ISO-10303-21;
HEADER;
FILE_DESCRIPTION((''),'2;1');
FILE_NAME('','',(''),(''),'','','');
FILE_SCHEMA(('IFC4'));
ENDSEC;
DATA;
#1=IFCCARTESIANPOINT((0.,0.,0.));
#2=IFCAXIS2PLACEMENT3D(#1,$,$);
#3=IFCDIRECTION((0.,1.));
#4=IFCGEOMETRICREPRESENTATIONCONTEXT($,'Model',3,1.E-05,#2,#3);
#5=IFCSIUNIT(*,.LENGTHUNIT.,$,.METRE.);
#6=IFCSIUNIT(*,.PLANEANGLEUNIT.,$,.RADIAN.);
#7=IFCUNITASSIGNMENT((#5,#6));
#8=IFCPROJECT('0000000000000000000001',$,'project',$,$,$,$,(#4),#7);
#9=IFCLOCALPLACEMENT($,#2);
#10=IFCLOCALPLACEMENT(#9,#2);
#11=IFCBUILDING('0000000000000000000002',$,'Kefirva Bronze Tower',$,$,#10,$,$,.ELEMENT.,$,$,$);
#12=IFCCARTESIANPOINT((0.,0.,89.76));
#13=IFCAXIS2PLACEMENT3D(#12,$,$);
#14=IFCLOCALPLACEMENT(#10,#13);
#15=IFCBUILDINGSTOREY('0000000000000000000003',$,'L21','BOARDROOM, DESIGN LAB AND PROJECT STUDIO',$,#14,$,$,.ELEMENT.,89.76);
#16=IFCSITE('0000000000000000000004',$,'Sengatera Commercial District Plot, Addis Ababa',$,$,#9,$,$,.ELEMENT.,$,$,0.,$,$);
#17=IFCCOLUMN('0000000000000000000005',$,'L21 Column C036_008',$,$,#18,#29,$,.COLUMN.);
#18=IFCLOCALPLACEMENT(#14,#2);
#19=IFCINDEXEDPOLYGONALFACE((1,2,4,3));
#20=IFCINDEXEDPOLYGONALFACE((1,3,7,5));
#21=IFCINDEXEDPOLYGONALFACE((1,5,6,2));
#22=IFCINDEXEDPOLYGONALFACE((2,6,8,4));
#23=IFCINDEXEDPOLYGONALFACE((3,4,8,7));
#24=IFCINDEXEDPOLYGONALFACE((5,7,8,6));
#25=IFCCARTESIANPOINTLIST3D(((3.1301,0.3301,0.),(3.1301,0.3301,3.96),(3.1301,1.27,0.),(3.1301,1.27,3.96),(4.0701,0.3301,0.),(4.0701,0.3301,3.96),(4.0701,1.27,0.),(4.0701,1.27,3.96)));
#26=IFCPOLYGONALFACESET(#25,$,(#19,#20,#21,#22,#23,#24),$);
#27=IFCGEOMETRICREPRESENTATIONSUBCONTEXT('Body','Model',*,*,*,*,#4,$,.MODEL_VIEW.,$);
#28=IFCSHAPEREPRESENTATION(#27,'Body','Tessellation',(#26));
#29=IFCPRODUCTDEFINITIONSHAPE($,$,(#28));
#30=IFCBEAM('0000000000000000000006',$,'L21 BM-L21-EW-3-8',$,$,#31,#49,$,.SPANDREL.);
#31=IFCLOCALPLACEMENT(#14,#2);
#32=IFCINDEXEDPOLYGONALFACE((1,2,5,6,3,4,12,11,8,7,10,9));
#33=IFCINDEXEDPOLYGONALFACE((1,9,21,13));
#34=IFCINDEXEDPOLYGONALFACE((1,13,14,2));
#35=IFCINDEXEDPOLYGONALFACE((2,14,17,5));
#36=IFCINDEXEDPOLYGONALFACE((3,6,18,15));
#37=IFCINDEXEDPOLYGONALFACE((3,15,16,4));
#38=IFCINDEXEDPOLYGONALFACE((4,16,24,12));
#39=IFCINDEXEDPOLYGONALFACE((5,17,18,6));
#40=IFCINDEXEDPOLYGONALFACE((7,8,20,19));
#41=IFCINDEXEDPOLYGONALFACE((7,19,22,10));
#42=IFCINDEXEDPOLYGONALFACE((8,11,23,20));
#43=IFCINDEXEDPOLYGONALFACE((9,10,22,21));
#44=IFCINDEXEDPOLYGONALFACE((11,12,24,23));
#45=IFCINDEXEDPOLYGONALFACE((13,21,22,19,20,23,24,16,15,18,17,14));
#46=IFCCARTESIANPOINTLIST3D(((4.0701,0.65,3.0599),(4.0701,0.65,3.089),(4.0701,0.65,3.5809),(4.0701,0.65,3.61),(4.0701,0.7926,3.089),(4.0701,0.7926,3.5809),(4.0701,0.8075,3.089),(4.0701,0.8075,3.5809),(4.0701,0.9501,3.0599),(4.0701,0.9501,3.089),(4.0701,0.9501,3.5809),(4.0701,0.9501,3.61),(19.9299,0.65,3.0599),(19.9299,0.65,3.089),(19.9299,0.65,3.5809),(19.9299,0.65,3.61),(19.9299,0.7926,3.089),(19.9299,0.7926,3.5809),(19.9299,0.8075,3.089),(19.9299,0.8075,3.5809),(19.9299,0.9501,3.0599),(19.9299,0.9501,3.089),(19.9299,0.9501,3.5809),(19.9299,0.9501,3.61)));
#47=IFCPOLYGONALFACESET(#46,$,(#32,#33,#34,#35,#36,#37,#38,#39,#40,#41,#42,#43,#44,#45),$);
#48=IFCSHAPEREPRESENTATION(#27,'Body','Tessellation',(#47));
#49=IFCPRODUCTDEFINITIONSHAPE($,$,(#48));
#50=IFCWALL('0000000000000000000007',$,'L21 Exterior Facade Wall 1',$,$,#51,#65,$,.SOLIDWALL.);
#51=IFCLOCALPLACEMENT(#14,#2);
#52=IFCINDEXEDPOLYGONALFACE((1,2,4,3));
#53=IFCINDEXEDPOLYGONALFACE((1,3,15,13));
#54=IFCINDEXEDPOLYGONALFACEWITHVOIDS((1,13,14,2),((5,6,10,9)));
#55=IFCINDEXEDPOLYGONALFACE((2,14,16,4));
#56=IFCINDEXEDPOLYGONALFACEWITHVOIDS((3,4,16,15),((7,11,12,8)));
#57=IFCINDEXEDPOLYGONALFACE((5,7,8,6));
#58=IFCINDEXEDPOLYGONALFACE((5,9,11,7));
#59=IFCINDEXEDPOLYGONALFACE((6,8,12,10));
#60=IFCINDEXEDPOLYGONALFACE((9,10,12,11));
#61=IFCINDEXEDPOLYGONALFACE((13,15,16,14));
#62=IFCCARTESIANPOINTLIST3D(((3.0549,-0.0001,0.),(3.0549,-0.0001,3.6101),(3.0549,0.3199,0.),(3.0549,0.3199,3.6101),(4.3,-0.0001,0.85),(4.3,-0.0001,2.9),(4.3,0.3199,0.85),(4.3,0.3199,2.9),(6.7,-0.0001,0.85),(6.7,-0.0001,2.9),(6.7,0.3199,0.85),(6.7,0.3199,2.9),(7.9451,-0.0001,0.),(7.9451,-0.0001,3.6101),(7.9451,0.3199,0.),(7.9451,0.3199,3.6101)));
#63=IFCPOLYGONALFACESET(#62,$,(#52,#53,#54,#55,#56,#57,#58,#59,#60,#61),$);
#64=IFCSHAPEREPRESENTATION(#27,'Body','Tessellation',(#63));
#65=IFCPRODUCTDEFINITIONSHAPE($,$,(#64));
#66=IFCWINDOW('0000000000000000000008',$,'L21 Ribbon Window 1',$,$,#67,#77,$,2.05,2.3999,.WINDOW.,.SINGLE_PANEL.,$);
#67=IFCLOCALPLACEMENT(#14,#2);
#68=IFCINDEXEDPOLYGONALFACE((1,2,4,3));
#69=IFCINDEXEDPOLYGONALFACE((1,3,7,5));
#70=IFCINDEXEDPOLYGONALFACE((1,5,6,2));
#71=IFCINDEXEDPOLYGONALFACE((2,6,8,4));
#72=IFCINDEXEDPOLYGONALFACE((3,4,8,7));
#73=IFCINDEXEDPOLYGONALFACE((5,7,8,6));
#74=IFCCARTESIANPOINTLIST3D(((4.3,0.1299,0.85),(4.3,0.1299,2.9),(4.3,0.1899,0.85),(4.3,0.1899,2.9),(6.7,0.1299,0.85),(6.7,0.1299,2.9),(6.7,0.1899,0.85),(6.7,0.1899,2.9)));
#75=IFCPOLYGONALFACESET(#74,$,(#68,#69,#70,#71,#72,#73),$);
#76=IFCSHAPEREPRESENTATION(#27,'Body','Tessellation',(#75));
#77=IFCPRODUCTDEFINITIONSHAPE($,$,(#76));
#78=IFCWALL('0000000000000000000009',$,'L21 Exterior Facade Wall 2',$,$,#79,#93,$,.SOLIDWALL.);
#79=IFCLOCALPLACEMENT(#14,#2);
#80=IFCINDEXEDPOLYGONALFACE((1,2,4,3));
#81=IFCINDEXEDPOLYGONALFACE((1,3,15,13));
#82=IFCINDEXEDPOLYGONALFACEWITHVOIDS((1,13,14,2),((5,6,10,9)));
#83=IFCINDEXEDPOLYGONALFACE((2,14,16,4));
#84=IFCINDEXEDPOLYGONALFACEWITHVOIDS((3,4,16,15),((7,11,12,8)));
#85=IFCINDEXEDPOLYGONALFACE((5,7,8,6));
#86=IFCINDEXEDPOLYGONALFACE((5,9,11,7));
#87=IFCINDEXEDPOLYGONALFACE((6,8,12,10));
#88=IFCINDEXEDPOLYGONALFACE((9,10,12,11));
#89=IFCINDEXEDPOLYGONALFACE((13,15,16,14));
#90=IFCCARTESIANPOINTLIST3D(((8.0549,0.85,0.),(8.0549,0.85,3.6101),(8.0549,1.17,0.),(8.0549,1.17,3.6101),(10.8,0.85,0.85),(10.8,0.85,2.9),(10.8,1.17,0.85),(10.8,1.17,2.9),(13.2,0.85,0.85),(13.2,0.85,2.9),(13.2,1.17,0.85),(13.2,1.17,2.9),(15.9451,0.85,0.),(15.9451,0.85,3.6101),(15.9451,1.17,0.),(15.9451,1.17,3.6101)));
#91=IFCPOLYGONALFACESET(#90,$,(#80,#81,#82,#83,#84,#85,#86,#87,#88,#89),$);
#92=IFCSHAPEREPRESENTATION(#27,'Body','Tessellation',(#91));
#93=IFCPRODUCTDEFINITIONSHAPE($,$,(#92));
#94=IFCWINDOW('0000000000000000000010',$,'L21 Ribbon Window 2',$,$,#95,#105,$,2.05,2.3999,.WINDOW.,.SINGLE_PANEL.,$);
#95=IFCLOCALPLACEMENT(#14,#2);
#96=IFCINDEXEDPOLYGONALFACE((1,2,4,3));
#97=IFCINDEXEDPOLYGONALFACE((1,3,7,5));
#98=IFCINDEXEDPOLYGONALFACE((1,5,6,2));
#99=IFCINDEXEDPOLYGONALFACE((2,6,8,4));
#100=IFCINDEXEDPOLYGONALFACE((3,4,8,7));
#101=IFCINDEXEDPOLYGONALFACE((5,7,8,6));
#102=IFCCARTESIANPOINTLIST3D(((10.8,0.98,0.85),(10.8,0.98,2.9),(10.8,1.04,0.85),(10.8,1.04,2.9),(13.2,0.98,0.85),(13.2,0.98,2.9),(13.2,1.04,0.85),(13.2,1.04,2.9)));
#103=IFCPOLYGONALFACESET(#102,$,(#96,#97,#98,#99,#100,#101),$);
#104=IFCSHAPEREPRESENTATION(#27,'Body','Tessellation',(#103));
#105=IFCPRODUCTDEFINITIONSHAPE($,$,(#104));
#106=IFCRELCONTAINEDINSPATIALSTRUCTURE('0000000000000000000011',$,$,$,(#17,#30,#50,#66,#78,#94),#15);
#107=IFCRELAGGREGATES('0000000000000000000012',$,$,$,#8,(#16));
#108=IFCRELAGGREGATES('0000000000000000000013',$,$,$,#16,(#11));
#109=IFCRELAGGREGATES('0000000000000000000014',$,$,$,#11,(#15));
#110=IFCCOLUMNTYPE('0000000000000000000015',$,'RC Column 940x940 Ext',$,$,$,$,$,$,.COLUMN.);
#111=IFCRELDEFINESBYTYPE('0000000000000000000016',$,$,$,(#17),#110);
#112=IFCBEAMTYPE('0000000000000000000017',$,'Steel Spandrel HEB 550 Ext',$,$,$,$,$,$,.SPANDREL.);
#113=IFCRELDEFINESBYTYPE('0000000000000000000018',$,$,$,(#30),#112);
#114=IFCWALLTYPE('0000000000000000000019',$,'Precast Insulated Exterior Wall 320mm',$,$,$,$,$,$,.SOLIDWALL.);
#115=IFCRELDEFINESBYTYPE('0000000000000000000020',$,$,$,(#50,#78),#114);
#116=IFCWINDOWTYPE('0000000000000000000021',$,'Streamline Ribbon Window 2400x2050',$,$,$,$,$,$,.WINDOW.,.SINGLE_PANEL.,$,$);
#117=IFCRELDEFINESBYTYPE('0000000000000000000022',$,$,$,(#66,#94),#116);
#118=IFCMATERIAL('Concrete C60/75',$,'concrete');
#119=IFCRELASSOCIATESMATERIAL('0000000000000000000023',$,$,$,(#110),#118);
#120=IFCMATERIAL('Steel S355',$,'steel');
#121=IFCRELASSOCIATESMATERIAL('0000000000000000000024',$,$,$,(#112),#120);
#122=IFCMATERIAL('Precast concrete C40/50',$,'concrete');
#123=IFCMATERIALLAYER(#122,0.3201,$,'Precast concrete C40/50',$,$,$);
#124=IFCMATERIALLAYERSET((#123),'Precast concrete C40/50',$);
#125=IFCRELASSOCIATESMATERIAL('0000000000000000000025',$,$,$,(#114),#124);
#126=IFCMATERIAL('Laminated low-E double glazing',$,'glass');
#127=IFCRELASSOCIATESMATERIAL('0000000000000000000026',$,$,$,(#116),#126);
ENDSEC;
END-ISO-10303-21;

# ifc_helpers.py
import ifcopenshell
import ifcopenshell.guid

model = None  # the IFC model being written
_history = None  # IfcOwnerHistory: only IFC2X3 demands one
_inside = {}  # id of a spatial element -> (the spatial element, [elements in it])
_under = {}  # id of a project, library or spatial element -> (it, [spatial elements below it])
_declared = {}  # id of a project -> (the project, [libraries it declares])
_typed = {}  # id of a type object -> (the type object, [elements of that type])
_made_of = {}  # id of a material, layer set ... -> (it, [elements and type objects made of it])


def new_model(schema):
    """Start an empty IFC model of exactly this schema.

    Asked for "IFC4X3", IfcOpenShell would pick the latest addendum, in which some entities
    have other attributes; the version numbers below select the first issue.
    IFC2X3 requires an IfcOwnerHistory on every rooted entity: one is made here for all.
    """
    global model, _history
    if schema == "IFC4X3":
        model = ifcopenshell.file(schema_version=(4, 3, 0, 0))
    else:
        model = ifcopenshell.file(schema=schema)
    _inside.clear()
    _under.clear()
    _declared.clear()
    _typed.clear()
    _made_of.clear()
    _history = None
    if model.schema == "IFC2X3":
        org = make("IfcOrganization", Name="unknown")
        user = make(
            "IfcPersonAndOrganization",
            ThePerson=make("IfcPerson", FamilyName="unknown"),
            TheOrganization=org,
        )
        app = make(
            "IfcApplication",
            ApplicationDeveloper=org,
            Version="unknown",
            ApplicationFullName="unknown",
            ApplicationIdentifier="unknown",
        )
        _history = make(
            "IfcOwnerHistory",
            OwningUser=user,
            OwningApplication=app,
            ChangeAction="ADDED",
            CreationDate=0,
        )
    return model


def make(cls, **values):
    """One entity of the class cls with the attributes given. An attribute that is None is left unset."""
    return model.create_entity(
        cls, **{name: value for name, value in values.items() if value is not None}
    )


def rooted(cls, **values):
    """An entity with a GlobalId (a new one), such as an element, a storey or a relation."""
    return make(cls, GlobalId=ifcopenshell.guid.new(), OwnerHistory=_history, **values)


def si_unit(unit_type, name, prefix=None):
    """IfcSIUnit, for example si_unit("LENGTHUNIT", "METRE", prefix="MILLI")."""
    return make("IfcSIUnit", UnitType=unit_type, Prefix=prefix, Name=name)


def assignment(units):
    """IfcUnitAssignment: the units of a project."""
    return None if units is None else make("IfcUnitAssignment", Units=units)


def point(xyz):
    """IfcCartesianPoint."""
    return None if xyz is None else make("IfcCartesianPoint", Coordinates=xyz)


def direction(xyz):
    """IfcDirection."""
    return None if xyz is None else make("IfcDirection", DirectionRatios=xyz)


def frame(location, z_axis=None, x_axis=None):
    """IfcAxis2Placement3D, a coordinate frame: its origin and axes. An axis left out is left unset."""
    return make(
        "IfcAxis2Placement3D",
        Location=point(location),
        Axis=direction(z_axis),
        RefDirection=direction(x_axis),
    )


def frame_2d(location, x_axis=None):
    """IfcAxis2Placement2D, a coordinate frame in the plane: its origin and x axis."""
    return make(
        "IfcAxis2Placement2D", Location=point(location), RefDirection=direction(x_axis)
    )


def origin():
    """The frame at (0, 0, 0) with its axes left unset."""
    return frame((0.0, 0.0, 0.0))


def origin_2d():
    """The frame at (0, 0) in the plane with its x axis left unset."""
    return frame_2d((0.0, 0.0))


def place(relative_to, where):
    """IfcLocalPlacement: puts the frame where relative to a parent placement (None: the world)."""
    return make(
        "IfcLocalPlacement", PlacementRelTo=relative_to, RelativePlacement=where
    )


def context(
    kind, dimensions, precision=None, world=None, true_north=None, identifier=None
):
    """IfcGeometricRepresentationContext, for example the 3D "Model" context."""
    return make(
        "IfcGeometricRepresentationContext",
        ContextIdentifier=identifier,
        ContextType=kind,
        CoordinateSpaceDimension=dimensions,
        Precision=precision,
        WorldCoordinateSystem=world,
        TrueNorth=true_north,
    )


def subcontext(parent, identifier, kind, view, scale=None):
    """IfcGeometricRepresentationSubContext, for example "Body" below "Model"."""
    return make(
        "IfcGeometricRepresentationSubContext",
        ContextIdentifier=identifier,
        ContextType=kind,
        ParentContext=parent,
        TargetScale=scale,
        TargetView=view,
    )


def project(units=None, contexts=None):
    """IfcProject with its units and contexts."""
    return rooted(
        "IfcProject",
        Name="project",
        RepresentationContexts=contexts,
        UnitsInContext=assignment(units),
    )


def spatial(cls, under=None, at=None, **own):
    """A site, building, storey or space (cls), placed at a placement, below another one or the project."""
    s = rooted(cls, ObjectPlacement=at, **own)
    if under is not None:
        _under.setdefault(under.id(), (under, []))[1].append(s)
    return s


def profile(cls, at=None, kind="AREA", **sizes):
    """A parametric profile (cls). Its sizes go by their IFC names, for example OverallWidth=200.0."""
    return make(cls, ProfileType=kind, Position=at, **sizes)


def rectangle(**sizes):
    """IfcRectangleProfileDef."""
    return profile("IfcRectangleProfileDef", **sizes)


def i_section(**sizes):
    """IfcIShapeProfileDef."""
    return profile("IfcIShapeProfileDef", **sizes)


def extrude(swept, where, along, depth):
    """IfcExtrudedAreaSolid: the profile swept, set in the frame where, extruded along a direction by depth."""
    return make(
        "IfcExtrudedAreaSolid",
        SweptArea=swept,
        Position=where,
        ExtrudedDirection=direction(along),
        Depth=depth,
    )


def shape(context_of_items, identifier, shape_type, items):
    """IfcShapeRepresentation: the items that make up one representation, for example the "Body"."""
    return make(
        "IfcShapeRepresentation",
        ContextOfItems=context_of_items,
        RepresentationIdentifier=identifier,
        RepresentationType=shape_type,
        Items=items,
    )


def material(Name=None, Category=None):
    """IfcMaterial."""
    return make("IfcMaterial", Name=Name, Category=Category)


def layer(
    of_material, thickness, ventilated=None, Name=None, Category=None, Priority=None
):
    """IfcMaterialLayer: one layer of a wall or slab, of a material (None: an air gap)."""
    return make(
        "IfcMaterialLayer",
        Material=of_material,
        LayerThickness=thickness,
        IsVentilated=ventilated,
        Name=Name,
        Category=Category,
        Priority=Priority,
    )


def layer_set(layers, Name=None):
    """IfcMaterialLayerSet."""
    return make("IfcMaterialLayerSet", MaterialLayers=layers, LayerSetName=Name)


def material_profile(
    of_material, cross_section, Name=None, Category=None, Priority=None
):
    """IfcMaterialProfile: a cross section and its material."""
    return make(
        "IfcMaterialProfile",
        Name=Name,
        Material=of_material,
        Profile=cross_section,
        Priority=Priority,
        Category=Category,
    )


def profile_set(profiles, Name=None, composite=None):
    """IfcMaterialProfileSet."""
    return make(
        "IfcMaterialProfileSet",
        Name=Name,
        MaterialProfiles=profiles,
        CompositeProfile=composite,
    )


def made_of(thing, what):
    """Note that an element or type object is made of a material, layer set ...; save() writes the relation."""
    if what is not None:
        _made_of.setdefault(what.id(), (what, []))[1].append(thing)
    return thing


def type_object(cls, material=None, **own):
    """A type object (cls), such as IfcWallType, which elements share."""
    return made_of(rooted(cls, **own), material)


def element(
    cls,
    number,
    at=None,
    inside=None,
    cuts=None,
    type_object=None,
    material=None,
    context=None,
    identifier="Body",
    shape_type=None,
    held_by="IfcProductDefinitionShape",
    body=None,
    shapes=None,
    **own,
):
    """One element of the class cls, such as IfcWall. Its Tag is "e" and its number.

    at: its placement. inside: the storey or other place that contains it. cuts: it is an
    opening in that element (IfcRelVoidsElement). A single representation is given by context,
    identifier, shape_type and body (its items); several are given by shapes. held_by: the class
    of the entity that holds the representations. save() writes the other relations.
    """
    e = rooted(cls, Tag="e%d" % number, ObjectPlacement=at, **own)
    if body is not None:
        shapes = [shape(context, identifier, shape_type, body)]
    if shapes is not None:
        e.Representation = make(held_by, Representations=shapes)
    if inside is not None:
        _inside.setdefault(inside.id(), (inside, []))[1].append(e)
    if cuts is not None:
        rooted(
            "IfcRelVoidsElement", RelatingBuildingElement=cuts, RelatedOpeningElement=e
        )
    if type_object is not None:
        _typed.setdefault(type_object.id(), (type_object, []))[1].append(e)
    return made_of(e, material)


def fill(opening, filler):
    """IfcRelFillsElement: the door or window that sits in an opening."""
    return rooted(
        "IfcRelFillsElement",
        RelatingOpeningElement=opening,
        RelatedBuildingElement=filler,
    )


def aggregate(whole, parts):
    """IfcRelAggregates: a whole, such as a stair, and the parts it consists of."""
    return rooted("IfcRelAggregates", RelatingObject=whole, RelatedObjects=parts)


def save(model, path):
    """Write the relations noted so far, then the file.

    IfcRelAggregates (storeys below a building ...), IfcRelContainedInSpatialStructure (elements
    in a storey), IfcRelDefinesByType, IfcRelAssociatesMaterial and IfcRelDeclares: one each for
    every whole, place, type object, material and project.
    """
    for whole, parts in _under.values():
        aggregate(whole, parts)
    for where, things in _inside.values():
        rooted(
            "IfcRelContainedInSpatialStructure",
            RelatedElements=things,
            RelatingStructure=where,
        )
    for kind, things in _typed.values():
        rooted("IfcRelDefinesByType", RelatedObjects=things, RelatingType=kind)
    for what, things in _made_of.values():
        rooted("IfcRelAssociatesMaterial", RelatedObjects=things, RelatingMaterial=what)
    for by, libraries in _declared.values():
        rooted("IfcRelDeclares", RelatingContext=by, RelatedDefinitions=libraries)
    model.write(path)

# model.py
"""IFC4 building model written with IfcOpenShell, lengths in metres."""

from ifc_helpers import new_model, si_unit, direction, frame, frame_2d, origin, origin_2d, place, context, subcontext, project, spatial, rectangle, i_section, extrude, material, layer, layer_set, material_profile, profile_set, type_object, element, fill, save


model = new_model("IFC4")

# Units and contexts
model_context = context("Model", 3, precision=1e-05, world=origin(), true_north=direction((0.0, 1.0)))
body_context = subcontext(model_context, "Body", "Model", "MODEL_VIEW")
ifc_project = project(units=[si_unit("LENGTHUNIT", "METRE"), si_unit("PLANEANGLEUNIT", "RADIAN")], contexts=[model_context])

# Site, building, storey
site_placement = place(None, origin())
site = spatial("IfcSite", under=ifc_project, at=site_placement, Name="Sengatera Commercial District Plot, Addis Ababa", CompositionType="ELEMENT", RefElevation=0.0)
building_placement = place(site_placement, origin())
building = spatial("IfcBuilding", under=site, at=building_placement, Name="Kefirva Bronze Tower", CompositionType="ELEMENT")
storey_placement = place(building_placement, frame((0.0, 0.0, 89.76)))
storey = spatial("IfcBuildingStorey", under=building, at=storey_placement, Name="L21", Description="BOARDROOM, DESIGN LAB AND PROJECT STUDIO", CompositionType="ELEMENT", Elevation=89.76)

# Column
ifc_material_1 = material(Name="Concrete C60/75", Category="concrete")
ifc_material_profile_1 = material_profile(ifc_material_1, rectangle(XDim=0.9399, YDim=0.9399, at=origin_2d()), Name="RC 940x940")
ifc_profile_set_1 = profile_set([ifc_material_profile_1], Name="Concrete C60/75")
column_type = type_object("IfcColumnType", Name="RC Column 940x940 Ext", PredefinedType="COLUMN", material=ifc_profile_set_1)
column_placement = place(storey_placement, frame((3.6001, 0.8, 0.0), z_axis=(0.0, 0.0, 1.0), x_axis=(1.0, 0.0, 0.0)))
element("IfcColumn", 1, at=column_placement, inside=storey, type_object=column_type, Name="L21 Column C036_008", PredefinedType="COLUMN", context=body_context, shape_type="SweptSolid", body=[
    extrude(rectangle(XDim=0.9399, YDim=0.9399, at=origin_2d()), origin(), (0.0, 0.0, 1.0), 3.96),
])

# Beam
ifc_material_2 = material(Name="Steel S355", Category="steel")
ifc_material_profile_2 = material_profile(ifc_material_2, i_section(OverallWidth=0.3, OverallDepth=0.55, WebThickness=0.0149, FlangeThickness=0.0291, at=origin_2d()), Name="HEB 550")
ifc_profile_set_2 = profile_set([ifc_material_profile_2], Name="Steel S355")
beam_type = type_object("IfcBeamType", Name="Steel Spandrel HEB 550 Ext", PredefinedType="SPANDREL", material=ifc_profile_set_2)
beam_placement = place(storey_placement, frame((4.0701, 0.8, 3.335), z_axis=(1.0, 0.0, 0.0), x_axis=(0.0, 1.0, 0.0)))
element("IfcBeam", 2, at=beam_placement, inside=storey, type_object=beam_type, Name="L21 BM-L21-EW-3-8", PredefinedType="SPANDREL", context=body_context, shape_type="SweptSolid", body=[
    extrude(i_section(OverallWidth=0.3, OverallDepth=0.55, WebThickness=0.0149, FlangeThickness=0.0291, at=origin_2d()), origin(), (0.0, 0.0, 1.0), 15.8599),
])

# Walls, openings, windows
ifc_material_3 = material(Name="Precast concrete C40/50", Category="concrete")
ifc_layer_1 = layer(ifc_material_3, 0.3201, Name="Precast concrete C40/50")
ifc_layer_set_1 = layer_set([ifc_layer_1], Name="Precast concrete C40/50")
wall_type_1 = type_object("IfcWallType", Name="Precast Insulated Exterior Wall 320mm", PredefinedType="SOLIDWALL", material=ifc_layer_set_1)
wall_1_placement = place(storey_placement, frame((3.0549, 0.1599, 0.0), z_axis=(0.0, 0.0, 1.0), x_axis=(1.0, 0.0, 0.0)))
wall_1 = element("IfcWall", 3, at=wall_1_placement, inside=storey, type_object=wall_type_1, Name="L21 Exterior Facade Wall 1", PredefinedType="SOLIDWALL", context=body_context, shape_type="SweptSolid", body=[
    extrude(rectangle(XDim=4.8901, YDim=0.3201, at=frame_2d((2.4451, 0.0))), origin(), (0.0, 0.0, 1.0), 3.6101),
])
opening_1_placement = place(wall_1_placement, frame((1.2451, 0.0, 0.8501)))
opening_1 = element("IfcOpeningElement", 4, at=opening_1_placement, cuts=wall_1, PredefinedType="OPENING", context=body_context, shape_type="SweptSolid", body=[
    extrude(rectangle(XDim=2.3999, YDim=2.05, at=frame_2d((1.2, 1.0249))), frame((0.0, 0.1699, 0.0), z_axis=(0.0, -1.0, 0.0), x_axis=(1.0, 0.0, 0.0)), (0.0, 0.0, 1.0), 0.3401),
])
ifc_material_4 = material(Name="Laminated low-E double glazing", Category="glass")
window_type = type_object("IfcWindowType", Name="Streamline Ribbon Window 2400x2050", PartitioningType="SINGLE_PANEL", PredefinedType="WINDOW", material=ifc_material_4)
window_1_placement = place(opening_1_placement, origin())
window_1 = element("IfcWindow", 5, at=window_1_placement, inside=storey, type_object=window_type, Name="L21 Ribbon Window 1", OverallHeight=2.05, OverallWidth=2.3999, PartitioningType="SINGLE_PANEL", PredefinedType="WINDOW", context=body_context, shape_type="SweptSolid", body=[
    extrude(rectangle(XDim=2.3999, YDim=2.05, at=frame_2d((1.2, 1.0249))), frame((0.0, 0.03, 0.0), z_axis=(0.0, -1.0, 0.0), x_axis=(1.0, 0.0, 0.0)), (0.0, 0.0, 1.0), 0.0601),
])
fill(opening_1, window_1)
wall_2_placement = place(storey_placement, frame((8.0549, 1.01, 0.0), z_axis=(0.0, 0.0, 1.0), x_axis=(1.0, 0.0, 0.0)))
wall_2 = element("IfcWall", 6, at=wall_2_placement, inside=storey, type_object=wall_type_1, Name="L21 Exterior Facade Wall 2", PredefinedType="SOLIDWALL", context=body_context, shape_type="SweptSolid", body=[
    extrude(rectangle(XDim=7.8901, YDim=0.3201, at=frame_2d((3.9451, 0.0))), origin(), (0.0, 0.0, 1.0), 3.6101),
])
opening_2_placement = place(wall_2_placement, frame((2.7451, 0.0, 0.8501)))
opening_2 = element("IfcOpeningElement", 7, at=opening_2_placement, cuts=wall_2, PredefinedType="OPENING", context=body_context, shape_type="SweptSolid", body=[
    extrude(rectangle(XDim=2.3999, YDim=2.05, at=frame_2d((1.2, 1.0249))), frame((0.0, 0.1699, 0.0), z_axis=(0.0, -1.0, 0.0), x_axis=(1.0, 0.0, 0.0)), (0.0, 0.0, 1.0), 0.3401),
])
window_2_placement = place(opening_2_placement, origin())
window_2 = element("IfcWindow", 8, at=window_2_placement, inside=storey, type_object=window_type, Name="L21 Ribbon Window 2", OverallHeight=2.05, OverallWidth=2.3999, PartitioningType="SINGLE_PANEL", PredefinedType="WINDOW", context=body_context, shape_type="SweptSolid", body=[
    extrude(rectangle(XDim=2.3999, YDim=2.05, at=frame_2d((1.2, 1.0249))), frame((0.0, 0.03, 0.0), z_axis=(0.0, -1.0, 0.0), x_axis=(1.0, 0.0, 0.0)), (0.0, 0.0, 1.0), 0.0601),
])
fill(opening_2, window_2)

save(model, "model.ifc")
